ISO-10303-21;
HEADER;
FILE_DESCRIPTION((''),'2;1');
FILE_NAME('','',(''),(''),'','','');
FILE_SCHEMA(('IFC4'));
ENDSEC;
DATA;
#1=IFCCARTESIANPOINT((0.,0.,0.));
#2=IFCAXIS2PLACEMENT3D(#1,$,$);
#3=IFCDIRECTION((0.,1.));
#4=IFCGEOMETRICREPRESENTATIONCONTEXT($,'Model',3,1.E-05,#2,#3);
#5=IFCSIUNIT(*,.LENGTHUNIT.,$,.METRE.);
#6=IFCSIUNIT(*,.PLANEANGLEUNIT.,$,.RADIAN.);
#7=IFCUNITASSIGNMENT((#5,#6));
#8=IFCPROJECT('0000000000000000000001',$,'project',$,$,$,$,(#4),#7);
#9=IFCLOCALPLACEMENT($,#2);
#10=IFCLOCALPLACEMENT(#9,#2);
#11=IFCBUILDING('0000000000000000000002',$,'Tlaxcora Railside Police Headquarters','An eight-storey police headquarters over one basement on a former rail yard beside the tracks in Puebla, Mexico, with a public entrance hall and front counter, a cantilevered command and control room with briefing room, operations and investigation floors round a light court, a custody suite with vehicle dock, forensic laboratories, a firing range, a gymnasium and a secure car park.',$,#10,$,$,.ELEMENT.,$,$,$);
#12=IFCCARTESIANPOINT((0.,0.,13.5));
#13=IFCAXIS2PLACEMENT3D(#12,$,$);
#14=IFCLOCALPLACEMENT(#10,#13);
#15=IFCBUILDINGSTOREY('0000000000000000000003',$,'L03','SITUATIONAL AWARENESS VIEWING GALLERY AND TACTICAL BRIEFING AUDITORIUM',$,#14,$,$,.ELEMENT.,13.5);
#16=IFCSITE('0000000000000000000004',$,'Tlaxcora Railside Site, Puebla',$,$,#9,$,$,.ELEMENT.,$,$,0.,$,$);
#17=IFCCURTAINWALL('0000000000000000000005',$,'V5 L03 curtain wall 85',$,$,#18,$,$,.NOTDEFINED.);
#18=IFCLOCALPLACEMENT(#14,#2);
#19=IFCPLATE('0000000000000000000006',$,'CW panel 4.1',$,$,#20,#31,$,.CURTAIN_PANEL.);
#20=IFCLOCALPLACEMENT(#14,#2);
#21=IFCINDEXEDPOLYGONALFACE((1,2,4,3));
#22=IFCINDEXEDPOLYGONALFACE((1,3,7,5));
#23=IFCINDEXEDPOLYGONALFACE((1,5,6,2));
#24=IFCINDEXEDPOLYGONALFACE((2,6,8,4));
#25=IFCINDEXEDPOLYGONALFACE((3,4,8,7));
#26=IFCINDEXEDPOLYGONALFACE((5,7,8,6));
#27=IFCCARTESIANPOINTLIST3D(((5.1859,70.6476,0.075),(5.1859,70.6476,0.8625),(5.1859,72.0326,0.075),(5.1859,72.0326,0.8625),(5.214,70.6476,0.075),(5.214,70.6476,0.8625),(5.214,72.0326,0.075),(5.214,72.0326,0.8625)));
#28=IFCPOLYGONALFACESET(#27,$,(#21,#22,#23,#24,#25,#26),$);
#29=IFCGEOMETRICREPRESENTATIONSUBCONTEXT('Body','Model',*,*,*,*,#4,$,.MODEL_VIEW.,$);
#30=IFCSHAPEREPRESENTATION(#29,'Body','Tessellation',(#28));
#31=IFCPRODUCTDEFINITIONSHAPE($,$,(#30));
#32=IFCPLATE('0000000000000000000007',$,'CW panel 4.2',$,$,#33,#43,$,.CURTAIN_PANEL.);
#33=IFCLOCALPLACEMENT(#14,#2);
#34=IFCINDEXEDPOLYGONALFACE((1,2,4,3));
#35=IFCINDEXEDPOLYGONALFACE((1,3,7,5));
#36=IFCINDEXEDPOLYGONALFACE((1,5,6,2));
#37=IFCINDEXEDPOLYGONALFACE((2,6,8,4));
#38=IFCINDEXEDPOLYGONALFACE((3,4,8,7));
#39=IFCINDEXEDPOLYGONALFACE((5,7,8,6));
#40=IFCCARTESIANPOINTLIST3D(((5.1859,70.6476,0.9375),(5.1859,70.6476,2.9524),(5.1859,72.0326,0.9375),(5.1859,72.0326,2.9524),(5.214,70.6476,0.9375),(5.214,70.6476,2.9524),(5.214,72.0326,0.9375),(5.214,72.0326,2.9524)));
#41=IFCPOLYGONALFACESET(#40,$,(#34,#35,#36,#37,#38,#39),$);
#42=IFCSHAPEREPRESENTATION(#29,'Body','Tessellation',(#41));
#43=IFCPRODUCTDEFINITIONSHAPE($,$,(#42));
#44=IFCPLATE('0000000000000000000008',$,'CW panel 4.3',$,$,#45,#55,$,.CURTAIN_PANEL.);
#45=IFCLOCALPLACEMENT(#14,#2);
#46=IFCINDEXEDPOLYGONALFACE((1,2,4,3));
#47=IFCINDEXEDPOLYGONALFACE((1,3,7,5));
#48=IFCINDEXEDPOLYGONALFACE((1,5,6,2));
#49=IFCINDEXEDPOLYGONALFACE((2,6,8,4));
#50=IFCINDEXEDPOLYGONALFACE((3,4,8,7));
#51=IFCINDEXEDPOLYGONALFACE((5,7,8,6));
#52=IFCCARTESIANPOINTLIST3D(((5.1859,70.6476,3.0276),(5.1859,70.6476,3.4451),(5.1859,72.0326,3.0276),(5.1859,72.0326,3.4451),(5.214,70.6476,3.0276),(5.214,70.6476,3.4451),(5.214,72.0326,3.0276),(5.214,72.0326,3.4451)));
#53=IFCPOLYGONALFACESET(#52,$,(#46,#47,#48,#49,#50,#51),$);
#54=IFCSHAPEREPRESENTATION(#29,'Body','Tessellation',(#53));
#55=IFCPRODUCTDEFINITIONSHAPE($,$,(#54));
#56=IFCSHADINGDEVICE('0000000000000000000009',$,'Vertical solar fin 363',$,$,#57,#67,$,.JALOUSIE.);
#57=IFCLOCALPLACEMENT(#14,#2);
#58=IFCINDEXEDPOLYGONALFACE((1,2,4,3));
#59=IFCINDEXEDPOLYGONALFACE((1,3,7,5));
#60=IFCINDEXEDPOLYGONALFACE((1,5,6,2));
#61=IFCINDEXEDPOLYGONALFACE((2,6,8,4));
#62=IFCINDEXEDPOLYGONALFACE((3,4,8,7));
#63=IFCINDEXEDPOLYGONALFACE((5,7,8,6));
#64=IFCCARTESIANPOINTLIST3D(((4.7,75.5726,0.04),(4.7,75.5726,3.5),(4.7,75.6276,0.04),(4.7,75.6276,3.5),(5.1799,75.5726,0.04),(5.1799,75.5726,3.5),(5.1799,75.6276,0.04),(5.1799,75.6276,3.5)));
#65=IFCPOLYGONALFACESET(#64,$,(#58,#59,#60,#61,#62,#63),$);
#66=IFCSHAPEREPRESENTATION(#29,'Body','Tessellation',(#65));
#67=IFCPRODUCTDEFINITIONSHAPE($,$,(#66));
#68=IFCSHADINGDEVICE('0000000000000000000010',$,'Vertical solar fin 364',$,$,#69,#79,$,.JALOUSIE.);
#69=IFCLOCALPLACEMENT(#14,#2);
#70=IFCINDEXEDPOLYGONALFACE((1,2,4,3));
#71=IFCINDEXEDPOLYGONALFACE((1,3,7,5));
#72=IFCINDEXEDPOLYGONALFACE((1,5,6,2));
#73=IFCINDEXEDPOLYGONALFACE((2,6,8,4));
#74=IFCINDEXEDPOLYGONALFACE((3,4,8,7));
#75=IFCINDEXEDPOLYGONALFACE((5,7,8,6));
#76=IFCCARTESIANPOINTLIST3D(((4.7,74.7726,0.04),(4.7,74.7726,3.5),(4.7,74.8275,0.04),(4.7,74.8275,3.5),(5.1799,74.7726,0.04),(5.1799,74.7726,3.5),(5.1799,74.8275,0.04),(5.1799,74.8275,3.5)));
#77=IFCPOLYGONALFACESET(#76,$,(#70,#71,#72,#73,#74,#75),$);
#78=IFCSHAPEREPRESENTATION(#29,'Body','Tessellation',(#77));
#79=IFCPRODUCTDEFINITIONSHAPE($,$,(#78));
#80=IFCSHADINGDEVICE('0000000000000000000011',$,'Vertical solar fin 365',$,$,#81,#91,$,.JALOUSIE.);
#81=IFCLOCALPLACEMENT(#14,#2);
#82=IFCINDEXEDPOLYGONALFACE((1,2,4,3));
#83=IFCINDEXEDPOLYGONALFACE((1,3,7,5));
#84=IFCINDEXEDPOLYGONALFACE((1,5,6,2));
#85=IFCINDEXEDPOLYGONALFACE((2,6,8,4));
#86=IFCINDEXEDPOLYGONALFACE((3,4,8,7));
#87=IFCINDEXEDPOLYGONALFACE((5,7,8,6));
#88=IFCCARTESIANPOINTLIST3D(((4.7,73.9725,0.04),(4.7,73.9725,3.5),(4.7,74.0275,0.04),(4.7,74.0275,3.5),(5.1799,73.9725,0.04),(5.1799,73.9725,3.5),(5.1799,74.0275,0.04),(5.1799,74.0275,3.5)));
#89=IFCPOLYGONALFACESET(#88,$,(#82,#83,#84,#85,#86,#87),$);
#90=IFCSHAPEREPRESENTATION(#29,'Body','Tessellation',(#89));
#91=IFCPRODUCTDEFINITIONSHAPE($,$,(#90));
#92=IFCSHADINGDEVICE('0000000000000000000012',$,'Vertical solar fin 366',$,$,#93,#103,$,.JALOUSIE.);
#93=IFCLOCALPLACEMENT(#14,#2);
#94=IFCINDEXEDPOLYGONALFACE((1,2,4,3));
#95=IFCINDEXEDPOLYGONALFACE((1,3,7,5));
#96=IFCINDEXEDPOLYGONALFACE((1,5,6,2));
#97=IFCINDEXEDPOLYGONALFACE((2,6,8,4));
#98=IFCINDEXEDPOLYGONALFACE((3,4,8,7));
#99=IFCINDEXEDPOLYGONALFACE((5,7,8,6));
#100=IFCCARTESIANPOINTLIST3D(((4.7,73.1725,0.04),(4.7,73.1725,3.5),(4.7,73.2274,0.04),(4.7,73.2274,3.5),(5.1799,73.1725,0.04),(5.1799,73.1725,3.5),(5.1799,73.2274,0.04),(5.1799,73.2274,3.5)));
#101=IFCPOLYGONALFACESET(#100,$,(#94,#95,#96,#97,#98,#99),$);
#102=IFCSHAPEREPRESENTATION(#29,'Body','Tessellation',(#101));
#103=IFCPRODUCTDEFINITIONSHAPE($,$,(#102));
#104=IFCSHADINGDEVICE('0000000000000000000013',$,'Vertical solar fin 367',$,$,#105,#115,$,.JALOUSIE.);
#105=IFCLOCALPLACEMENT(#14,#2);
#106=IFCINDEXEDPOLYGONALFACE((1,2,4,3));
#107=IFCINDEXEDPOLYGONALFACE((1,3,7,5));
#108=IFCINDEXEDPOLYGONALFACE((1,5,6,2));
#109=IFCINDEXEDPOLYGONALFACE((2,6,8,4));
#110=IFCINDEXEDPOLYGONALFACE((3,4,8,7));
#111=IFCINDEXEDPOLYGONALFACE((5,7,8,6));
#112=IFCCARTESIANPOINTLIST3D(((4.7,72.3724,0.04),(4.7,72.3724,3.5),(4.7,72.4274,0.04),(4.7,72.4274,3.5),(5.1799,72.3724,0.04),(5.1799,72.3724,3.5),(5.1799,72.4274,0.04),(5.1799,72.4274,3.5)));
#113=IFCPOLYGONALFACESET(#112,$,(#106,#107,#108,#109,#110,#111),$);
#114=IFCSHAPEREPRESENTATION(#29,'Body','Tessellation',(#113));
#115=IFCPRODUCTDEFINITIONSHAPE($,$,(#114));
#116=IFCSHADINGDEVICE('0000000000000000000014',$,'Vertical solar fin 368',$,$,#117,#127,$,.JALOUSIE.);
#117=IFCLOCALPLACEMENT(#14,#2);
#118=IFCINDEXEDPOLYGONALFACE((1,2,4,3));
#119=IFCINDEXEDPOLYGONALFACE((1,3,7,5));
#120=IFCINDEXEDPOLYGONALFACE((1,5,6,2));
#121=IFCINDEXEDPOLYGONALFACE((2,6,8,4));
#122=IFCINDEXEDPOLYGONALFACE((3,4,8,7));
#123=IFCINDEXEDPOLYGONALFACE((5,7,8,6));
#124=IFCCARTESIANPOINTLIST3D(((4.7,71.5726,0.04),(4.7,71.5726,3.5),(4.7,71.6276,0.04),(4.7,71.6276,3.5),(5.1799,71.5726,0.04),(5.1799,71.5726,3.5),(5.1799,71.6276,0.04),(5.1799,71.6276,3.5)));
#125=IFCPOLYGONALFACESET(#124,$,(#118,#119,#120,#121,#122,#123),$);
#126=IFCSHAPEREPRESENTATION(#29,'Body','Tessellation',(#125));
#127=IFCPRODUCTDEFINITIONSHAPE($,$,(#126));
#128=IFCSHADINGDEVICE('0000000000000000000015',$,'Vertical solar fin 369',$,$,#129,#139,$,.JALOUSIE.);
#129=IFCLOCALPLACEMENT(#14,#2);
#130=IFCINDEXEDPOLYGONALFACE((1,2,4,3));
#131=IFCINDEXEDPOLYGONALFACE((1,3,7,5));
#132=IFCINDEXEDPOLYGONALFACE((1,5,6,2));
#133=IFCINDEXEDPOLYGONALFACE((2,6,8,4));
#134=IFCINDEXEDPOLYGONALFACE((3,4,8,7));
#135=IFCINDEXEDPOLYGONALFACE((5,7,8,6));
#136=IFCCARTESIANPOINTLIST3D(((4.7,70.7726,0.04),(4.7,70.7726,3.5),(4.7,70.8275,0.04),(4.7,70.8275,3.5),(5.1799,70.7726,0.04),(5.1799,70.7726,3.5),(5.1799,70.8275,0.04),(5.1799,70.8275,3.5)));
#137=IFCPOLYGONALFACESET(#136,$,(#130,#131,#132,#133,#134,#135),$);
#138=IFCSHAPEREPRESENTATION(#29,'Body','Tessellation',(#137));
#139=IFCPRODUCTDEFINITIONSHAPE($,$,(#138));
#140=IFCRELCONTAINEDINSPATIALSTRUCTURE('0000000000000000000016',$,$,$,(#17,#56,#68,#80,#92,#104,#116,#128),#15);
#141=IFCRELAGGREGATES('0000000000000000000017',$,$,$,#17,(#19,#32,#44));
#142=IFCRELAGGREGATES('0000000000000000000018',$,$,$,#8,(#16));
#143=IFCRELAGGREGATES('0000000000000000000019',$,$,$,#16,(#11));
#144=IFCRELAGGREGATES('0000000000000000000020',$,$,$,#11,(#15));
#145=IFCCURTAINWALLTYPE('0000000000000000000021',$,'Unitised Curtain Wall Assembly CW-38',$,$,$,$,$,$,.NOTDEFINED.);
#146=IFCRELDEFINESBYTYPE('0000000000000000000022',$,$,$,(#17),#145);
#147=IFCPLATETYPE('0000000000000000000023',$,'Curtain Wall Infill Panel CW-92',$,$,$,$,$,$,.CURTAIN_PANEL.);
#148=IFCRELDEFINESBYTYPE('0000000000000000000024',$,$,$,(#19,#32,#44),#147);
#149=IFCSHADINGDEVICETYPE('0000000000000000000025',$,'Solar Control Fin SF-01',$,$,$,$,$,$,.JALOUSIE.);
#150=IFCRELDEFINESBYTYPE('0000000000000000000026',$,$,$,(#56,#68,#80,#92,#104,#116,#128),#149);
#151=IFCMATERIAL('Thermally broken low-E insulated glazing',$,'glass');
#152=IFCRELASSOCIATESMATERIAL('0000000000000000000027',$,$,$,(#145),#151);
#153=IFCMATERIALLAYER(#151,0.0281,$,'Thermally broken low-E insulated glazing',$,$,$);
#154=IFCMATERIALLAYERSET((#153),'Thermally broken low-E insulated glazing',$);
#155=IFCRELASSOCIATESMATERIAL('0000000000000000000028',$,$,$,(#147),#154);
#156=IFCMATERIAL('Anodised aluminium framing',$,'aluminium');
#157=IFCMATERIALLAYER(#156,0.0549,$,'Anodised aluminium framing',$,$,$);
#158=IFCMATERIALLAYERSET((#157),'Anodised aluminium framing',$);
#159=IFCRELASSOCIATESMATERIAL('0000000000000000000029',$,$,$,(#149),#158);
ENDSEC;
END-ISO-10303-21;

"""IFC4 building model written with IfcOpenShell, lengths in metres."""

from ifc_helpers import new_model, si_unit, direction, frame, origin, origin_2d, place, context, subcontext, project, spatial, rectangle, extrude, material, layer, layer_set, type_object, element, aggregate, save


model = new_model("IFC4")

# Units and contexts
model_context = context("Model", 3, precision=1e-05, world=origin(), true_north=direction((0.0, 1.0)))
body_context = subcontext(model_context, "Body", "Model", "MODEL_VIEW")
ifc_project = project(units=[si_unit("LENGTHUNIT", "METRE"), si_unit("PLANEANGLEUNIT", "RADIAN")], contexts=[model_context])

# Site, building, storey
site_placement = place(None, origin())
site = spatial("IfcSite", under=ifc_project, at=site_placement, Name="Tlaxcora Railside Site, Puebla", CompositionType="ELEMENT", RefElevation=0.0)
building_placement = place(site_placement, origin())
building = spatial("IfcBuilding", under=site, at=building_placement, Name="Tlaxcora Railside Police Headquarters", Description="An eight-storey police headquarters over one basement on a former rail yard beside the tracks in Puebla, Mexico, with a public entrance hall and front counter, a cantilevered command and control room with briefing room, operations and investigation floors round a light court, a custody suite with vehicle dock, forensic laboratories, a firing range, a gymnasium and a secure car park.", CompositionType="ELEMENT")
storey_placement = place(building_placement, frame((0.0, 0.0, 13.5)))
storey = spatial("IfcBuildingStorey", under=building, at=storey_placement, Name="L03", Description="SITUATIONAL AWARENESS VIEWING GALLERY AND TACTICAL BRIEFING AUDITORIUM", CompositionType="ELEMENT", Elevation=13.5)

# Curtain wall, plates
ifc_material_1 = material(Name="Thermally broken low-E insulated glazing", Category="glass")
curtain_wall_type = type_object("IfcCurtainWallType", Name="Unitised Curtain Wall Assembly CW-38", PredefinedType="NOTDEFINED", material=ifc_material_1)
curtain_wall_placement = place(storey_placement, origin())
curtain_wall = element("IfcCurtainWall", 1, at=curtain_wall_placement, inside=storey, type_object=curtain_wall_type, Name="V5 L03 curtain wall 85", PredefinedType="NOTDEFINED")
ifc_material_2 = material(Name="Anodised aluminium framing", Category="aluminium")
ifc_layer_1 = layer(ifc_material_1, 0.0281, Name="Thermally broken low-E insulated glazing")
ifc_layer_set_1 = layer_set([ifc_layer_1], Name="Thermally broken low-E insulated glazing")
plate_type = type_object("IfcPlateType", Name="Curtain Wall Infill Panel CW-92", PredefinedType="CURTAIN_PANEL", material=ifc_layer_set_1)
plate_1_placement = place(storey_placement, frame((5.2, 71.3401, 0.075), z_axis=(0.0, 0.0, 1.0), x_axis=(0.0, -1.0, 0.0)))
plate_1 = element("IfcPlate", 2, at=plate_1_placement, type_object=plate_type, Name="CW panel 4.1", PredefinedType="CURTAIN_PANEL", context=body_context, shape_type="SweptSolid", body=[
    extrude(rectangle(XDim=1.385, YDim=0.0281, at=origin_2d()), origin(), (0.0, 0.0, 1.0), 0.7876),
])
plate_2_placement = place(storey_placement, frame((5.2, 71.3401, 0.9375), z_axis=(0.0, 0.0, 1.0), x_axis=(0.0, -1.0, 0.0)))
plate_2 = element("IfcPlate", 3, at=plate_2_placement, type_object=plate_type, Name="CW panel 4.2", PredefinedType="CURTAIN_PANEL", context=body_context, shape_type="SweptSolid", body=[
    extrude(rectangle(XDim=1.385, YDim=0.0281, at=origin_2d()), origin(), (0.0, 0.0, 1.0), 2.0149),
])
plate_3_placement = place(storey_placement, frame((5.2, 71.3401, 3.0276), z_axis=(0.0, 0.0, 1.0), x_axis=(0.0, -1.0, 0.0)))
plate_3 = element("IfcPlate", 4, at=plate_3_placement, type_object=plate_type, Name="CW panel 4.3", PredefinedType="CURTAIN_PANEL", context=body_context, shape_type="SweptSolid", body=[
    extrude(rectangle(XDim=1.385, YDim=0.0281, at=origin_2d()), origin(), (0.0, 0.0, 1.0), 0.4175),
])
aggregate(curtain_wall, [plate_1, plate_2, plate_3])

# Shading devices
ifc_layer_2 = layer(ifc_material_2, 0.0549, Name="Anodised aluminium framing")
ifc_layer_set_2 = layer_set([ifc_layer_2], Name="Anodised aluminium framing")
shading_device_type = type_object("IfcShadingDeviceType", Name="Solar Control Fin SF-01", PredefinedType="JALOUSIE", material=ifc_layer_set_2)
for number, where, z_axis, x_axis, name in (
    (5, (4.9399, 75.6001, 0.04), (0.0, 0.0, 1.0), (-1.0, 0.0, 0.0), "Vertical solar fin 363"),
    (6, (4.9399, 74.8, 0.04), (0.0, 0.0, 1.0), (-1.0, 0.0, 0.0), "Vertical solar fin 364"),
    (7, (4.9399, 74.0, 0.04), (0.0, 0.0, 1.0), (-1.0, 0.0, 0.0), "Vertical solar fin 365"),
    (8, (4.9399, 73.2, 0.04), (0.0, 0.0, 1.0), (-1.0, 0.0, 0.0), "Vertical solar fin 366"),
    (9, (4.9399, 72.3999, 0.04), (0.0, 0.0, 1.0), (-1.0, 0.0, 0.0), "Vertical solar fin 367"),
    (10, (4.9399, 71.6001, 0.04), (0.0, 0.0, 1.0), (-1.0, 0.0, 0.0), "Vertical solar fin 368"),
    (11, (4.9399, 70.8, 0.04), (0.0, 0.0, 1.0), (-1.0, 0.0, 0.0), "Vertical solar fin 369"),
):
    element("IfcShadingDevice", number, at=place(storey_placement, frame(where, z_axis=z_axis, x_axis=x_axis)), inside=storey, type_object=shading_device_type, Name=name, PredefinedType="JALOUSIE", context=body_context, shape_type="SweptSolid", body=[
        extrude(rectangle(XDim=0.48, YDim=0.0549, at=origin_2d()), origin(), (0.0, 0.0, 1.0), 3.46),
    ])

save(model, "model.ifc")
